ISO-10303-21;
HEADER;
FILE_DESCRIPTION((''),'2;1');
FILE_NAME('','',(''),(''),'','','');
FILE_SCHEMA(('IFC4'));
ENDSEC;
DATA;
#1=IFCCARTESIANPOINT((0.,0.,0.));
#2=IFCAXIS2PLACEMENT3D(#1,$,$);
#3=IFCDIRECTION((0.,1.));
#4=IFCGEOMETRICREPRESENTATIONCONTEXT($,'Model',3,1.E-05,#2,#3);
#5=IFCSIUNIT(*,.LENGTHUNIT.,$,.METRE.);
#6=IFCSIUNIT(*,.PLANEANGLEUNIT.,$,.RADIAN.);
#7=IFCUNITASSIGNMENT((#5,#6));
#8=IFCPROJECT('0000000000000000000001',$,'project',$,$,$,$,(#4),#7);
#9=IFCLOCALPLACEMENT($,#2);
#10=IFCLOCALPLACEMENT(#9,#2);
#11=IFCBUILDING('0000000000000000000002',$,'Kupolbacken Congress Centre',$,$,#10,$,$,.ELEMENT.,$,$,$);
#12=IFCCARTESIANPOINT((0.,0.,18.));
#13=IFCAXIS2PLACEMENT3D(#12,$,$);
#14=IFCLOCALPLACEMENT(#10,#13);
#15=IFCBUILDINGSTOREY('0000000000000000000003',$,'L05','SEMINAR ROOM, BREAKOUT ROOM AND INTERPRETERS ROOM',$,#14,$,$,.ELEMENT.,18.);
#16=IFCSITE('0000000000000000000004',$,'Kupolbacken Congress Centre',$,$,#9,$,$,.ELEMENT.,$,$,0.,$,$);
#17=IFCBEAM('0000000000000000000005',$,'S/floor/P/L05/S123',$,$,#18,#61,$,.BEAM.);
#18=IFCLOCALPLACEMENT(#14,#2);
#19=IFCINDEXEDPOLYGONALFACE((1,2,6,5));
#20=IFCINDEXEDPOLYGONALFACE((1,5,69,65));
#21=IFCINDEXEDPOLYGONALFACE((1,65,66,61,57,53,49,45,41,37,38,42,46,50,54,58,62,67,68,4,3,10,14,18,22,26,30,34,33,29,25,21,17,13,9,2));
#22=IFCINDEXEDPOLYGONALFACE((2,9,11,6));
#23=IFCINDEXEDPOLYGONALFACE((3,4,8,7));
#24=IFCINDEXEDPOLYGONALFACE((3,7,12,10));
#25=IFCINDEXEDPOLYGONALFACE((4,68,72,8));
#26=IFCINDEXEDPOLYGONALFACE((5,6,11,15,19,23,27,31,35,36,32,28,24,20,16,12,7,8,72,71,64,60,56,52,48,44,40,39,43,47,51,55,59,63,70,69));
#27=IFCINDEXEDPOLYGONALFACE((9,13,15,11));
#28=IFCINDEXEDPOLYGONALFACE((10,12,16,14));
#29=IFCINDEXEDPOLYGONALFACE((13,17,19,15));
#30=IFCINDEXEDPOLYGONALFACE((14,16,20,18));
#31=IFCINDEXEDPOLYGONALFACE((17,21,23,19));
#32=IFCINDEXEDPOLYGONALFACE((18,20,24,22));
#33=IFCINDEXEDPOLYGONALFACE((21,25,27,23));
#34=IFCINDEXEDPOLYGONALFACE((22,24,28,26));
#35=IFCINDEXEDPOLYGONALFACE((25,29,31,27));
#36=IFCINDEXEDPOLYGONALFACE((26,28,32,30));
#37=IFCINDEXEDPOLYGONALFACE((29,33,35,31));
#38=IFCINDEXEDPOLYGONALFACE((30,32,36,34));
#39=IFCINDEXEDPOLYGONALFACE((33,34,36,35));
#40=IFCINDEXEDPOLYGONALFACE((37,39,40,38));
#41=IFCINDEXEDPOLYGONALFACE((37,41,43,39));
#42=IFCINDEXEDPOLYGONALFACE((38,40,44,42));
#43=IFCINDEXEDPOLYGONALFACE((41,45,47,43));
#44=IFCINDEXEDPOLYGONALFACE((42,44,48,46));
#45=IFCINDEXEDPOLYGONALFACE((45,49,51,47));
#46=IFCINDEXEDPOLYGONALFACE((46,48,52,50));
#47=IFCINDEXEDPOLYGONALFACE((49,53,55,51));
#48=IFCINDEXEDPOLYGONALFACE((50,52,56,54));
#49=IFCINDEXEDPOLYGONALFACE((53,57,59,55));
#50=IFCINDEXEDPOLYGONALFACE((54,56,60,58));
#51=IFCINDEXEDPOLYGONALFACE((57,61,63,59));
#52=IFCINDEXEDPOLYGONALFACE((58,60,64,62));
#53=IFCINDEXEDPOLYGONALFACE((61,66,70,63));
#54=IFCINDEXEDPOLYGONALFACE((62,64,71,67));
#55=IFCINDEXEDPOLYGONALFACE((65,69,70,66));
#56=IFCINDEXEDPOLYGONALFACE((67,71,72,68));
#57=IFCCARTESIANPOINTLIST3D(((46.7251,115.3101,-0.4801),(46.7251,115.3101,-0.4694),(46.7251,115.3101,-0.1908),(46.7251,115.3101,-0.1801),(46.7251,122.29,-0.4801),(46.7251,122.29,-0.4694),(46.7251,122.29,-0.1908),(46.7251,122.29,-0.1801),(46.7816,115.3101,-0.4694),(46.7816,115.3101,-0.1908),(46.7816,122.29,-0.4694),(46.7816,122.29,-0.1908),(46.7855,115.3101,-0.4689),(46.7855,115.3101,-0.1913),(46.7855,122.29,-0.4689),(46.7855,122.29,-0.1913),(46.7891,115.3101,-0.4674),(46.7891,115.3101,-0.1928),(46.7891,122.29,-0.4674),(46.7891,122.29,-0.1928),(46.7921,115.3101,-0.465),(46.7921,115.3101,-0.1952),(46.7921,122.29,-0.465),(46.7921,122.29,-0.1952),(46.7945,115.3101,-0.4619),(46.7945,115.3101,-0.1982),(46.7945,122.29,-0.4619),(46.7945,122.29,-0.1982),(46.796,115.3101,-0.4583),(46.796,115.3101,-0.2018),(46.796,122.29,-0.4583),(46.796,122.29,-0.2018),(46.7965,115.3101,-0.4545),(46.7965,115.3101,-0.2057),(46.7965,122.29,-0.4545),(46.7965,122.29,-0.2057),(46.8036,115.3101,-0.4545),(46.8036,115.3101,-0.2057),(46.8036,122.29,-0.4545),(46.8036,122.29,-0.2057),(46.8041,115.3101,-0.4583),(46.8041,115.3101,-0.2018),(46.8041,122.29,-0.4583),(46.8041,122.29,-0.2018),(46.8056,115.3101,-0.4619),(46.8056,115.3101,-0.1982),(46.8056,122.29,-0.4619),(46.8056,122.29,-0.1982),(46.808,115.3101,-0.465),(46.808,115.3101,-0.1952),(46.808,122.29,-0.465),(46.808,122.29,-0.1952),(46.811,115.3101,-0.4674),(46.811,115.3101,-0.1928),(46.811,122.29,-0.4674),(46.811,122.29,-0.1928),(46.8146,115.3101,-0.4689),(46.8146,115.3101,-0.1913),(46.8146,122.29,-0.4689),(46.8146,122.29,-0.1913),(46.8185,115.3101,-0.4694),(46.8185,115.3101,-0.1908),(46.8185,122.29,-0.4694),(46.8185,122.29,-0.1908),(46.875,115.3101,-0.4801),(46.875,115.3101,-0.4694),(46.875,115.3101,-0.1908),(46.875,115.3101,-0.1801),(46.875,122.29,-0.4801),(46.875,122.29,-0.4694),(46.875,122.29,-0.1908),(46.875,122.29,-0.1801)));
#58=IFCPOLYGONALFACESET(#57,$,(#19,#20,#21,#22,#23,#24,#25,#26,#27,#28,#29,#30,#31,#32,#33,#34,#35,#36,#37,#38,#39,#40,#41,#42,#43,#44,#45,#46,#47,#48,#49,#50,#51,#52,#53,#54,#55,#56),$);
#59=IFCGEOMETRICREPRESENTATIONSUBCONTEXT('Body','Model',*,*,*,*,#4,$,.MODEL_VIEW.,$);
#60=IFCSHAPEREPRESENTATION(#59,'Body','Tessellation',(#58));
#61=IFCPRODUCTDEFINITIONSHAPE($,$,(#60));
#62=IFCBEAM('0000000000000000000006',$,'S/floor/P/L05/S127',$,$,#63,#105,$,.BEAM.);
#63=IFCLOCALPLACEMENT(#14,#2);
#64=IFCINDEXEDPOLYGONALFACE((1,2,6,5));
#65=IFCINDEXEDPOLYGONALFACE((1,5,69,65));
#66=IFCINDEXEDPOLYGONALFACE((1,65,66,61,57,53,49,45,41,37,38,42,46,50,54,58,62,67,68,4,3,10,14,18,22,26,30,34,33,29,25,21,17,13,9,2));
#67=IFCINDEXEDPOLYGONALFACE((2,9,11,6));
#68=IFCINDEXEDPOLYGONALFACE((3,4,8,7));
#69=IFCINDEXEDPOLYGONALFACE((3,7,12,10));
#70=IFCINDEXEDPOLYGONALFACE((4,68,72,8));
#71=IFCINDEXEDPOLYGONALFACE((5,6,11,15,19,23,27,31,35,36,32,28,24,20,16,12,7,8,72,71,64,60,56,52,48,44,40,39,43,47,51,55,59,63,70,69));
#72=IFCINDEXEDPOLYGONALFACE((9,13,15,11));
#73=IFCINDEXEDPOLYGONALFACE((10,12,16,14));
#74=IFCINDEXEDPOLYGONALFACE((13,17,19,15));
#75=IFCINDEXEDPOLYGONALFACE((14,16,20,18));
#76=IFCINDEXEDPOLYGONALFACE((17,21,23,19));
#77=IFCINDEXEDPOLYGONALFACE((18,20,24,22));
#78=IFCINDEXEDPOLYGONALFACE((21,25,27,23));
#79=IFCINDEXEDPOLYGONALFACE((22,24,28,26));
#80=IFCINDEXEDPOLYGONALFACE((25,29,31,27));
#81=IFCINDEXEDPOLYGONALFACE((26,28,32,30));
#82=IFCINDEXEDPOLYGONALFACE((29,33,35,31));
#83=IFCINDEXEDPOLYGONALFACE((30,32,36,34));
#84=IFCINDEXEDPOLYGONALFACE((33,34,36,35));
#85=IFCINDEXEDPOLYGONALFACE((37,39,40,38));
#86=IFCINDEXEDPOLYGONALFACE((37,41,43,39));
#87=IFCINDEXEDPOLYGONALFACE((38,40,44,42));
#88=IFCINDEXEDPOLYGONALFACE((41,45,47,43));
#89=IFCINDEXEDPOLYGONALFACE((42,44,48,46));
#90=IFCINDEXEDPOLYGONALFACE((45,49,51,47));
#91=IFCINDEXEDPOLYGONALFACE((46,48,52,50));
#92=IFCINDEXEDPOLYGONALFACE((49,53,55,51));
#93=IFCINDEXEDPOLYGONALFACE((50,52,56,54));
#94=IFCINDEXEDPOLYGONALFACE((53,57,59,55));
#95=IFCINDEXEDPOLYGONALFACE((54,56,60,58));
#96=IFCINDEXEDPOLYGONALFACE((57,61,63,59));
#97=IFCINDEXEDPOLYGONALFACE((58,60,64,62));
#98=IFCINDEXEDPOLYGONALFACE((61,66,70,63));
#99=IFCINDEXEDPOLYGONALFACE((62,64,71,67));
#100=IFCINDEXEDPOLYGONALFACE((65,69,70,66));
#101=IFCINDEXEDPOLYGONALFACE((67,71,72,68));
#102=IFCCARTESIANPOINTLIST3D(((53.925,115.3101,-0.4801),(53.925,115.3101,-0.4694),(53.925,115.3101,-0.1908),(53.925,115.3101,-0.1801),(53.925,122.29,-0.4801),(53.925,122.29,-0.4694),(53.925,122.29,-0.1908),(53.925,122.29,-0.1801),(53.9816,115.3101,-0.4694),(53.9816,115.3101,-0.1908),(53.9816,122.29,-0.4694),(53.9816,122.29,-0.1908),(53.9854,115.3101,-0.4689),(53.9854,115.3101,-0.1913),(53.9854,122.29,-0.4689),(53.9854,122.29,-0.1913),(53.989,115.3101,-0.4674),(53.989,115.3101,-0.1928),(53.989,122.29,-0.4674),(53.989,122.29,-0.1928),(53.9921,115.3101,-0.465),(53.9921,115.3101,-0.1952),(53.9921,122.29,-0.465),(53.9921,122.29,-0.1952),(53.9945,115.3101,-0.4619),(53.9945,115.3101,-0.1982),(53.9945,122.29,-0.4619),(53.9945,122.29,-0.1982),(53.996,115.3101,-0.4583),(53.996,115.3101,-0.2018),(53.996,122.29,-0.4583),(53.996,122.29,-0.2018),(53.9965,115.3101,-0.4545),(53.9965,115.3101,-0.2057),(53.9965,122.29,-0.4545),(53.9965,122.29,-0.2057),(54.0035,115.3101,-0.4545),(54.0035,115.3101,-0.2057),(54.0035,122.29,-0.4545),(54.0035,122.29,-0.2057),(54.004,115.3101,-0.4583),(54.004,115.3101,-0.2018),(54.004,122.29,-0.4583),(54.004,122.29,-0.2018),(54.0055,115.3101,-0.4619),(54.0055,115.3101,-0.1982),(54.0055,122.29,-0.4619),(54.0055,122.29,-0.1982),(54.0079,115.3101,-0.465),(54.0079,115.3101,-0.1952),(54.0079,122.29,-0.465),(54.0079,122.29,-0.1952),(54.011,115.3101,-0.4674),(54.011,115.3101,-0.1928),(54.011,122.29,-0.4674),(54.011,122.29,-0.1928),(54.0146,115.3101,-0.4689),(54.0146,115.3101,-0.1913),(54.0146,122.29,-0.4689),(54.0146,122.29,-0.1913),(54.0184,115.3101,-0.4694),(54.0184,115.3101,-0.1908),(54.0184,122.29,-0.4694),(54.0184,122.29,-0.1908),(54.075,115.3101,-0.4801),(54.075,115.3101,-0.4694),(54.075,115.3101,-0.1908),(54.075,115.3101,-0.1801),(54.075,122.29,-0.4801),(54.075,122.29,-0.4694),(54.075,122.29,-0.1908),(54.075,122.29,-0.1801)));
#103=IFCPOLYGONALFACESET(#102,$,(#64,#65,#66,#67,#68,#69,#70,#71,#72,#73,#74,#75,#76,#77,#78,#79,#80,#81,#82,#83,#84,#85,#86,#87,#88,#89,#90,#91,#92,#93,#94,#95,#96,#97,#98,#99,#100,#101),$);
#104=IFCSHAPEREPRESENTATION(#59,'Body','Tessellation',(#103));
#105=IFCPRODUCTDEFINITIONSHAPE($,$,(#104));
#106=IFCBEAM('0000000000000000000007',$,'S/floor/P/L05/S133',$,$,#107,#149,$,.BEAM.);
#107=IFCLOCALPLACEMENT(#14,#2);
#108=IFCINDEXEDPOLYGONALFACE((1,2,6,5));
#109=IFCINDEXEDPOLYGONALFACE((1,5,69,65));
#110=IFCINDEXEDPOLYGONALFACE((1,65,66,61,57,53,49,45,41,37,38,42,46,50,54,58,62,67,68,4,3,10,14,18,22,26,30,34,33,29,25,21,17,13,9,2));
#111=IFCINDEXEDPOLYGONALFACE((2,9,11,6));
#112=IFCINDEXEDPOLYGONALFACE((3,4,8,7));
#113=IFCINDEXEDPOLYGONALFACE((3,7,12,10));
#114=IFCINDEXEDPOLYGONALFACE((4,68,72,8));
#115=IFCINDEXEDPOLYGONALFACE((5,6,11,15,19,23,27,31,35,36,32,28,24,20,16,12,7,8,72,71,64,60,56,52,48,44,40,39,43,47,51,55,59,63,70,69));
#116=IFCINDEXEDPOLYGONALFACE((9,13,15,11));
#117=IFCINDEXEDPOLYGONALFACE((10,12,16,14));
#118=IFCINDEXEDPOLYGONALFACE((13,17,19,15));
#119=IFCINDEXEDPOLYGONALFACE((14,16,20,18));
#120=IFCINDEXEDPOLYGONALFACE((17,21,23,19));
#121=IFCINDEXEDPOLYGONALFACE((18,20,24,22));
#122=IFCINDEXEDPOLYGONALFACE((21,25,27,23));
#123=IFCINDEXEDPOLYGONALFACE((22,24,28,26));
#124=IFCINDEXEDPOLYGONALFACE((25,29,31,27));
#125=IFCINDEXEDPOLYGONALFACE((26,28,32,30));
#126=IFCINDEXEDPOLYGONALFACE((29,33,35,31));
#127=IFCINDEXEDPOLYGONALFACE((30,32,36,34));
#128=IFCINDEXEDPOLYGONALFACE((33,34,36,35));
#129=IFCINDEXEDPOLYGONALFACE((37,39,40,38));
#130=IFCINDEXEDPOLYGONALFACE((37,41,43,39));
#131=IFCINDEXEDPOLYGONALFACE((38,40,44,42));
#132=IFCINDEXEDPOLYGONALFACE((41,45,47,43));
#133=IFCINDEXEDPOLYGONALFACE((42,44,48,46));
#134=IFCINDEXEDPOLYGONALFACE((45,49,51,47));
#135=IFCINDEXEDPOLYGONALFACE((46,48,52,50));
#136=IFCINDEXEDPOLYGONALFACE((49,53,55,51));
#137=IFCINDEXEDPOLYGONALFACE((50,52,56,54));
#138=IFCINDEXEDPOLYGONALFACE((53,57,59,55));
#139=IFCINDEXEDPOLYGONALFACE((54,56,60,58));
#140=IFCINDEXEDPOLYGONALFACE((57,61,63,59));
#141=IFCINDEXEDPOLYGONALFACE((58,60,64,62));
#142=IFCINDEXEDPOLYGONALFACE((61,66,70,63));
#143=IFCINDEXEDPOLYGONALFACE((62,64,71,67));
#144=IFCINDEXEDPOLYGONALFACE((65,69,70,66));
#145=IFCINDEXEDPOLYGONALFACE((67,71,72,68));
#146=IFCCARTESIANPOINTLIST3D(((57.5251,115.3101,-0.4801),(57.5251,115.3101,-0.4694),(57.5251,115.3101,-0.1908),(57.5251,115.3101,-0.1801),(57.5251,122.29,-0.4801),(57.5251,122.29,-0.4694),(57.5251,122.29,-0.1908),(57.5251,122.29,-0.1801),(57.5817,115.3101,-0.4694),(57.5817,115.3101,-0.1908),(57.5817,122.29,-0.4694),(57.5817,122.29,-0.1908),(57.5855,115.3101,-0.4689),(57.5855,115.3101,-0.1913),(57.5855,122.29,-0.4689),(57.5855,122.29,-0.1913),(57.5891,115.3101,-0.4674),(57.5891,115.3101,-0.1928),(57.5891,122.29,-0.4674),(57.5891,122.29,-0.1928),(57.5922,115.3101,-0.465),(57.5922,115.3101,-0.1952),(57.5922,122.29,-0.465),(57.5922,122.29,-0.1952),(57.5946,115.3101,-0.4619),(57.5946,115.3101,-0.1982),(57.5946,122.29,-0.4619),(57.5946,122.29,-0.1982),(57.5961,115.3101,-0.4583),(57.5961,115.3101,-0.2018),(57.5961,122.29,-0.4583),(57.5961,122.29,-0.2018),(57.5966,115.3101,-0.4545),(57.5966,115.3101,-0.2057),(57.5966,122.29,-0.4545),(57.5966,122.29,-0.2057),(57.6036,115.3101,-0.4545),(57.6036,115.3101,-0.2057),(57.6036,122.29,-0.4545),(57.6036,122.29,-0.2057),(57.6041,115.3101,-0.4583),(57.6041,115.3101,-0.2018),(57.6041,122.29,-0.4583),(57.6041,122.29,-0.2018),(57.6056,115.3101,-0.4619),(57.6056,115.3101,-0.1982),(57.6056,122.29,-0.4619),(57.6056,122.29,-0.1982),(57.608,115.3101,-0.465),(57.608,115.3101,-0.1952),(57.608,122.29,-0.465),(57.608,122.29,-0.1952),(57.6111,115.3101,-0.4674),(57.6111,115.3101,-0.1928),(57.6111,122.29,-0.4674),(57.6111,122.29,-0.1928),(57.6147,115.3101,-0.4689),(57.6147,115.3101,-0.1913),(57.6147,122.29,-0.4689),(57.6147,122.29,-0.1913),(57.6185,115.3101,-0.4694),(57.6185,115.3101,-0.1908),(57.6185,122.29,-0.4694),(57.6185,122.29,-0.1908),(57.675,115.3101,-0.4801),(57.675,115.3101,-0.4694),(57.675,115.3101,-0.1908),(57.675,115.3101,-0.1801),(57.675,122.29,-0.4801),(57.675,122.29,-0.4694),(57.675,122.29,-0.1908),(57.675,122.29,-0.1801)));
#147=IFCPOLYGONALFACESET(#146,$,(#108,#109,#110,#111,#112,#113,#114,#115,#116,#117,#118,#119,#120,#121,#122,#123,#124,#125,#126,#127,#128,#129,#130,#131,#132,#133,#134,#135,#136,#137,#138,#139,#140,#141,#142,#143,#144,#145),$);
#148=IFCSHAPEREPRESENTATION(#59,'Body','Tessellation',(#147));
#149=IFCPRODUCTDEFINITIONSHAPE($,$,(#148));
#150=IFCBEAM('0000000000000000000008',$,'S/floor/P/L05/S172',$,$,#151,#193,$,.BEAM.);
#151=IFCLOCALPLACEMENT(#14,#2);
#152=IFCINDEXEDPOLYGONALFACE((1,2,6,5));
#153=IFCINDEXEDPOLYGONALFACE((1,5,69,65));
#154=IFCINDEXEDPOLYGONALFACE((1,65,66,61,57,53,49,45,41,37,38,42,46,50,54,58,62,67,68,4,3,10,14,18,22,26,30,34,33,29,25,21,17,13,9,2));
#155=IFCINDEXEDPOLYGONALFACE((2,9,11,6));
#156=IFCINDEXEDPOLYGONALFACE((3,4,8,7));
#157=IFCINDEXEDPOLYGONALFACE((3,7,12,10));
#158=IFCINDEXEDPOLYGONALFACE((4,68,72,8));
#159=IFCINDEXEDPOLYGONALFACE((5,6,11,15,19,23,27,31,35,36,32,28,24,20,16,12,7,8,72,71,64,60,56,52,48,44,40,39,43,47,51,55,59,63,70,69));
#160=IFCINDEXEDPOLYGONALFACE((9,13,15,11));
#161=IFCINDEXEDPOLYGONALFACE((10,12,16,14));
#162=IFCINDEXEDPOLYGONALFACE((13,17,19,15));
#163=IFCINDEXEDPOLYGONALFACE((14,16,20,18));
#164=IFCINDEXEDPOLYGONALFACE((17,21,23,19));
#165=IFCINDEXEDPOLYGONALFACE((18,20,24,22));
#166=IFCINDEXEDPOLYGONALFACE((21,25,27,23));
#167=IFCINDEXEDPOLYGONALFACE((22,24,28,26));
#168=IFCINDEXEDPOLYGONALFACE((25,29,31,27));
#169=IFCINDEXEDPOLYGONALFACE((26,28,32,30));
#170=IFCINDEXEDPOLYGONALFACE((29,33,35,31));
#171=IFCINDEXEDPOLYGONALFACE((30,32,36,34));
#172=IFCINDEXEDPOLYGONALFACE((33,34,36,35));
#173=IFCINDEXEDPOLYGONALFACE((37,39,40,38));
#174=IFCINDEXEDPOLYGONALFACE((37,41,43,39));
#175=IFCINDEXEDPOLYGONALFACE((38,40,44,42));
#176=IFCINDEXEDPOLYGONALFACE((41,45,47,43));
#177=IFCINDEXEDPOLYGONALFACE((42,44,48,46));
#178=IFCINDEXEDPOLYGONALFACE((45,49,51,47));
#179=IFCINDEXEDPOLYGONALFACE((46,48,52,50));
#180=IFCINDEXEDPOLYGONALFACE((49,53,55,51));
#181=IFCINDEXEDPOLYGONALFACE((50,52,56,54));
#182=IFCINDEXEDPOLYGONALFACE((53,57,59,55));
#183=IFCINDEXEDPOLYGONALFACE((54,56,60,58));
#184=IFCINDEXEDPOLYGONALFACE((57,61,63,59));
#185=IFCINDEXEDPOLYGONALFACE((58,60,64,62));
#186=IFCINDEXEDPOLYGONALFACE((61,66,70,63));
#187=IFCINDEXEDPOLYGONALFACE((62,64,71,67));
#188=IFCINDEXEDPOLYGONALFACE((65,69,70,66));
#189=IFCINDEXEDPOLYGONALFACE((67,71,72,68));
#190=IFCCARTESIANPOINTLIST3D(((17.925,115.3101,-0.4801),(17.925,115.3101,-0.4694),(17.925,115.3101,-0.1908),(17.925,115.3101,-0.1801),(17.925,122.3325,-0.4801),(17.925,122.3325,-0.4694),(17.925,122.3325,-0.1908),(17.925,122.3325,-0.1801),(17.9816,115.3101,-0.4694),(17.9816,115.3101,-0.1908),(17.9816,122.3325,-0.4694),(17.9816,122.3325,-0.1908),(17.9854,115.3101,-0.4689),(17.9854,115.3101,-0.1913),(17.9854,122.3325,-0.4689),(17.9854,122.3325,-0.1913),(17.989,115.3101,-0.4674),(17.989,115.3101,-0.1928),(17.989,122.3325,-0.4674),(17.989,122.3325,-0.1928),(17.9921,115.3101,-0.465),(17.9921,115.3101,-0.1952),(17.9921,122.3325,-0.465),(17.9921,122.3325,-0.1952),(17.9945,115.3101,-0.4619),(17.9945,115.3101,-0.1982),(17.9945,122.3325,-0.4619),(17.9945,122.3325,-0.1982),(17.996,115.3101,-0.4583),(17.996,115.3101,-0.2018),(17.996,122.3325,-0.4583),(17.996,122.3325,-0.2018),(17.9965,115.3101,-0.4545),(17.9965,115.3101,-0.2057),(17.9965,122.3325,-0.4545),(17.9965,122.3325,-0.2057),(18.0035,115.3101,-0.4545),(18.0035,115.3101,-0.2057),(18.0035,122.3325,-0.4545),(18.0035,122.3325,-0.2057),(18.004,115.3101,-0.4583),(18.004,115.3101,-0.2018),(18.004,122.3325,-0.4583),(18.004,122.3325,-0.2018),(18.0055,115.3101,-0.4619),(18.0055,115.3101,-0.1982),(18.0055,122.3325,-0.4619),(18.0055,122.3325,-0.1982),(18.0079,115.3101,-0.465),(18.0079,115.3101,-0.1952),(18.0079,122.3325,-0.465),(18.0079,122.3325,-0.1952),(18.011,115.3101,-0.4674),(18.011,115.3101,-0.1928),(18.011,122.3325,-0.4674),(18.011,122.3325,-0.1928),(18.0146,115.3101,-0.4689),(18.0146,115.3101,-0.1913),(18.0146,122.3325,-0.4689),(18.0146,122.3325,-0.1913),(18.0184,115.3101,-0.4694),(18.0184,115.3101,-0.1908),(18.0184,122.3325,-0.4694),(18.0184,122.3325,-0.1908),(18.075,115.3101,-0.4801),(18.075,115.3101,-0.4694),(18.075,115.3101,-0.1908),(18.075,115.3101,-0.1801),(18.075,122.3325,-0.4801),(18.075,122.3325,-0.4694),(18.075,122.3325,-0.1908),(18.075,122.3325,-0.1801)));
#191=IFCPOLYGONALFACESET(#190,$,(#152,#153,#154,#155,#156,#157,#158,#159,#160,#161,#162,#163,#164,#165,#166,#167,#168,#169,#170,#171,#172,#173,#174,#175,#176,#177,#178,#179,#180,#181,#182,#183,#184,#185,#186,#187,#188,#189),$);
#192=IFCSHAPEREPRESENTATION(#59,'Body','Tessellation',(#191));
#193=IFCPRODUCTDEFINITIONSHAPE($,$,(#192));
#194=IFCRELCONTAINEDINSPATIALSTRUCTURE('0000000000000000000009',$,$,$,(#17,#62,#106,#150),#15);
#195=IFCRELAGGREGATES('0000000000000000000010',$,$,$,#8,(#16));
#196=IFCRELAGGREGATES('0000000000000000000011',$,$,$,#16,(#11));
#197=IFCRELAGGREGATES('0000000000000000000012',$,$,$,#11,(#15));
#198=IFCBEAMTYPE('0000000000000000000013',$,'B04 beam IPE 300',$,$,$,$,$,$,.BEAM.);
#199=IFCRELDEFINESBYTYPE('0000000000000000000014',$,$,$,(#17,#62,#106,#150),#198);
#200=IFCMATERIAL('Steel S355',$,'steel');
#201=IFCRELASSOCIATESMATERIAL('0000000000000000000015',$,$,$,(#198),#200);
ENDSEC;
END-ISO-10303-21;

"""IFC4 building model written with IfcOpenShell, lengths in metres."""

from ifc_helpers import new_model, si_unit, direction, frame, origin, origin_2d, place, context, subcontext, project, spatial, i_section, extrude, material, material_profile, profile_set, type_object, element, save


model = new_model("IFC4")

# Units and contexts
model_context = context("Model", 3, precision=1e-05, world=origin(), true_north=direction((0.0, 1.0)))
body_context = subcontext(model_context, "Body", "Model", "MODEL_VIEW")
ifc_project = project(units=[si_unit("LENGTHUNIT", "METRE"), si_unit("PLANEANGLEUNIT", "RADIAN")], contexts=[model_context])

# Site, building, storey
site_placement = place(None, origin())
site = spatial("IfcSite", under=ifc_project, at=site_placement, Name="Kupolbacken Congress Centre", CompositionType="ELEMENT", RefElevation=0.0)
building_placement = place(site_placement, origin())
building = spatial("IfcBuilding", under=site, at=building_placement, Name="Kupolbacken Congress Centre", CompositionType="ELEMENT")
storey_placement = place(building_placement, frame((0.0, 0.0, 18.0)))
storey = spatial("IfcBuildingStorey", under=building, at=storey_placement, Name="L05", Description="SEMINAR ROOM, BREAKOUT ROOM AND INTERPRETERS ROOM", CompositionType="ELEMENT", Elevation=18.0)

# Beams
ifc_material_1 = material(Name="Steel S355", Category="steel")
ifc_material_profile_1 = material_profile(ifc_material_1, i_section(OverallWidth=0.1499, OverallDepth=0.3, WebThickness=0.0071, FlangeThickness=0.0107, FilletRadius=0.0149, at=origin_2d()), Name="IPE 300")
ifc_profile_set_1 = profile_set([ifc_material_profile_1], Name="Steel S355")
beam_type_1 = type_object("IfcBeamType", Name="B04 beam IPE 300", PredefinedType="BEAM", material=ifc_profile_set_1)
for number, where, z_axis, x_axis, name in (
    (1, (46.8, 115.3101, -0.3301), (0.0, 1.0, 0.0), (-1.0, 0.0, 0.0), "S/floor/P/L05/S123"),
    (2, (54.0, 115.3101, -0.3301), (0.0, 1.0, 0.0), (-1.0, 0.0, 0.0), "S/floor/P/L05/S127"),
    (3, (57.6001, 115.3101, -0.3301), (0.0, 1.0, 0.0), (-1.0, 0.0, 0.0), "S/floor/P/L05/S133"),
):
    element("IfcBeam", number, at=place(storey_placement, frame(where, z_axis=z_axis, x_axis=x_axis)), inside=storey, type_object=beam_type_1, Name=name, PredefinedType="BEAM", context=body_context, shape_type="SweptSolid", body=[
        extrude(i_section(OverallWidth=0.1499, OverallDepth=0.3, WebThickness=0.0071, FlangeThickness=0.0107, FilletRadius=0.0149, at=origin_2d()), origin(), (0.0, 0.0, 1.0), 6.98),
    ])
beam_1_placement = place(storey_placement, frame((18.0, 115.3101, -0.3301), z_axis=(0.0, 1.0, 0.0), x_axis=(-1.0, 0.0, 0.0)))
element("IfcBeam", 4, at=beam_1_placement, inside=storey, type_object=beam_type_1, Name="S/floor/P/L05/S172", PredefinedType="BEAM", context=body_context, shape_type="SweptSolid", body=[
    extrude(i_section(OverallWidth=0.1499, OverallDepth=0.3, WebThickness=0.0071, FlangeThickness=0.0107, FilletRadius=0.0149, at=origin_2d()), origin(), (0.0, 0.0, 1.0), 7.0225),
])

save(model, "model.ifc")
